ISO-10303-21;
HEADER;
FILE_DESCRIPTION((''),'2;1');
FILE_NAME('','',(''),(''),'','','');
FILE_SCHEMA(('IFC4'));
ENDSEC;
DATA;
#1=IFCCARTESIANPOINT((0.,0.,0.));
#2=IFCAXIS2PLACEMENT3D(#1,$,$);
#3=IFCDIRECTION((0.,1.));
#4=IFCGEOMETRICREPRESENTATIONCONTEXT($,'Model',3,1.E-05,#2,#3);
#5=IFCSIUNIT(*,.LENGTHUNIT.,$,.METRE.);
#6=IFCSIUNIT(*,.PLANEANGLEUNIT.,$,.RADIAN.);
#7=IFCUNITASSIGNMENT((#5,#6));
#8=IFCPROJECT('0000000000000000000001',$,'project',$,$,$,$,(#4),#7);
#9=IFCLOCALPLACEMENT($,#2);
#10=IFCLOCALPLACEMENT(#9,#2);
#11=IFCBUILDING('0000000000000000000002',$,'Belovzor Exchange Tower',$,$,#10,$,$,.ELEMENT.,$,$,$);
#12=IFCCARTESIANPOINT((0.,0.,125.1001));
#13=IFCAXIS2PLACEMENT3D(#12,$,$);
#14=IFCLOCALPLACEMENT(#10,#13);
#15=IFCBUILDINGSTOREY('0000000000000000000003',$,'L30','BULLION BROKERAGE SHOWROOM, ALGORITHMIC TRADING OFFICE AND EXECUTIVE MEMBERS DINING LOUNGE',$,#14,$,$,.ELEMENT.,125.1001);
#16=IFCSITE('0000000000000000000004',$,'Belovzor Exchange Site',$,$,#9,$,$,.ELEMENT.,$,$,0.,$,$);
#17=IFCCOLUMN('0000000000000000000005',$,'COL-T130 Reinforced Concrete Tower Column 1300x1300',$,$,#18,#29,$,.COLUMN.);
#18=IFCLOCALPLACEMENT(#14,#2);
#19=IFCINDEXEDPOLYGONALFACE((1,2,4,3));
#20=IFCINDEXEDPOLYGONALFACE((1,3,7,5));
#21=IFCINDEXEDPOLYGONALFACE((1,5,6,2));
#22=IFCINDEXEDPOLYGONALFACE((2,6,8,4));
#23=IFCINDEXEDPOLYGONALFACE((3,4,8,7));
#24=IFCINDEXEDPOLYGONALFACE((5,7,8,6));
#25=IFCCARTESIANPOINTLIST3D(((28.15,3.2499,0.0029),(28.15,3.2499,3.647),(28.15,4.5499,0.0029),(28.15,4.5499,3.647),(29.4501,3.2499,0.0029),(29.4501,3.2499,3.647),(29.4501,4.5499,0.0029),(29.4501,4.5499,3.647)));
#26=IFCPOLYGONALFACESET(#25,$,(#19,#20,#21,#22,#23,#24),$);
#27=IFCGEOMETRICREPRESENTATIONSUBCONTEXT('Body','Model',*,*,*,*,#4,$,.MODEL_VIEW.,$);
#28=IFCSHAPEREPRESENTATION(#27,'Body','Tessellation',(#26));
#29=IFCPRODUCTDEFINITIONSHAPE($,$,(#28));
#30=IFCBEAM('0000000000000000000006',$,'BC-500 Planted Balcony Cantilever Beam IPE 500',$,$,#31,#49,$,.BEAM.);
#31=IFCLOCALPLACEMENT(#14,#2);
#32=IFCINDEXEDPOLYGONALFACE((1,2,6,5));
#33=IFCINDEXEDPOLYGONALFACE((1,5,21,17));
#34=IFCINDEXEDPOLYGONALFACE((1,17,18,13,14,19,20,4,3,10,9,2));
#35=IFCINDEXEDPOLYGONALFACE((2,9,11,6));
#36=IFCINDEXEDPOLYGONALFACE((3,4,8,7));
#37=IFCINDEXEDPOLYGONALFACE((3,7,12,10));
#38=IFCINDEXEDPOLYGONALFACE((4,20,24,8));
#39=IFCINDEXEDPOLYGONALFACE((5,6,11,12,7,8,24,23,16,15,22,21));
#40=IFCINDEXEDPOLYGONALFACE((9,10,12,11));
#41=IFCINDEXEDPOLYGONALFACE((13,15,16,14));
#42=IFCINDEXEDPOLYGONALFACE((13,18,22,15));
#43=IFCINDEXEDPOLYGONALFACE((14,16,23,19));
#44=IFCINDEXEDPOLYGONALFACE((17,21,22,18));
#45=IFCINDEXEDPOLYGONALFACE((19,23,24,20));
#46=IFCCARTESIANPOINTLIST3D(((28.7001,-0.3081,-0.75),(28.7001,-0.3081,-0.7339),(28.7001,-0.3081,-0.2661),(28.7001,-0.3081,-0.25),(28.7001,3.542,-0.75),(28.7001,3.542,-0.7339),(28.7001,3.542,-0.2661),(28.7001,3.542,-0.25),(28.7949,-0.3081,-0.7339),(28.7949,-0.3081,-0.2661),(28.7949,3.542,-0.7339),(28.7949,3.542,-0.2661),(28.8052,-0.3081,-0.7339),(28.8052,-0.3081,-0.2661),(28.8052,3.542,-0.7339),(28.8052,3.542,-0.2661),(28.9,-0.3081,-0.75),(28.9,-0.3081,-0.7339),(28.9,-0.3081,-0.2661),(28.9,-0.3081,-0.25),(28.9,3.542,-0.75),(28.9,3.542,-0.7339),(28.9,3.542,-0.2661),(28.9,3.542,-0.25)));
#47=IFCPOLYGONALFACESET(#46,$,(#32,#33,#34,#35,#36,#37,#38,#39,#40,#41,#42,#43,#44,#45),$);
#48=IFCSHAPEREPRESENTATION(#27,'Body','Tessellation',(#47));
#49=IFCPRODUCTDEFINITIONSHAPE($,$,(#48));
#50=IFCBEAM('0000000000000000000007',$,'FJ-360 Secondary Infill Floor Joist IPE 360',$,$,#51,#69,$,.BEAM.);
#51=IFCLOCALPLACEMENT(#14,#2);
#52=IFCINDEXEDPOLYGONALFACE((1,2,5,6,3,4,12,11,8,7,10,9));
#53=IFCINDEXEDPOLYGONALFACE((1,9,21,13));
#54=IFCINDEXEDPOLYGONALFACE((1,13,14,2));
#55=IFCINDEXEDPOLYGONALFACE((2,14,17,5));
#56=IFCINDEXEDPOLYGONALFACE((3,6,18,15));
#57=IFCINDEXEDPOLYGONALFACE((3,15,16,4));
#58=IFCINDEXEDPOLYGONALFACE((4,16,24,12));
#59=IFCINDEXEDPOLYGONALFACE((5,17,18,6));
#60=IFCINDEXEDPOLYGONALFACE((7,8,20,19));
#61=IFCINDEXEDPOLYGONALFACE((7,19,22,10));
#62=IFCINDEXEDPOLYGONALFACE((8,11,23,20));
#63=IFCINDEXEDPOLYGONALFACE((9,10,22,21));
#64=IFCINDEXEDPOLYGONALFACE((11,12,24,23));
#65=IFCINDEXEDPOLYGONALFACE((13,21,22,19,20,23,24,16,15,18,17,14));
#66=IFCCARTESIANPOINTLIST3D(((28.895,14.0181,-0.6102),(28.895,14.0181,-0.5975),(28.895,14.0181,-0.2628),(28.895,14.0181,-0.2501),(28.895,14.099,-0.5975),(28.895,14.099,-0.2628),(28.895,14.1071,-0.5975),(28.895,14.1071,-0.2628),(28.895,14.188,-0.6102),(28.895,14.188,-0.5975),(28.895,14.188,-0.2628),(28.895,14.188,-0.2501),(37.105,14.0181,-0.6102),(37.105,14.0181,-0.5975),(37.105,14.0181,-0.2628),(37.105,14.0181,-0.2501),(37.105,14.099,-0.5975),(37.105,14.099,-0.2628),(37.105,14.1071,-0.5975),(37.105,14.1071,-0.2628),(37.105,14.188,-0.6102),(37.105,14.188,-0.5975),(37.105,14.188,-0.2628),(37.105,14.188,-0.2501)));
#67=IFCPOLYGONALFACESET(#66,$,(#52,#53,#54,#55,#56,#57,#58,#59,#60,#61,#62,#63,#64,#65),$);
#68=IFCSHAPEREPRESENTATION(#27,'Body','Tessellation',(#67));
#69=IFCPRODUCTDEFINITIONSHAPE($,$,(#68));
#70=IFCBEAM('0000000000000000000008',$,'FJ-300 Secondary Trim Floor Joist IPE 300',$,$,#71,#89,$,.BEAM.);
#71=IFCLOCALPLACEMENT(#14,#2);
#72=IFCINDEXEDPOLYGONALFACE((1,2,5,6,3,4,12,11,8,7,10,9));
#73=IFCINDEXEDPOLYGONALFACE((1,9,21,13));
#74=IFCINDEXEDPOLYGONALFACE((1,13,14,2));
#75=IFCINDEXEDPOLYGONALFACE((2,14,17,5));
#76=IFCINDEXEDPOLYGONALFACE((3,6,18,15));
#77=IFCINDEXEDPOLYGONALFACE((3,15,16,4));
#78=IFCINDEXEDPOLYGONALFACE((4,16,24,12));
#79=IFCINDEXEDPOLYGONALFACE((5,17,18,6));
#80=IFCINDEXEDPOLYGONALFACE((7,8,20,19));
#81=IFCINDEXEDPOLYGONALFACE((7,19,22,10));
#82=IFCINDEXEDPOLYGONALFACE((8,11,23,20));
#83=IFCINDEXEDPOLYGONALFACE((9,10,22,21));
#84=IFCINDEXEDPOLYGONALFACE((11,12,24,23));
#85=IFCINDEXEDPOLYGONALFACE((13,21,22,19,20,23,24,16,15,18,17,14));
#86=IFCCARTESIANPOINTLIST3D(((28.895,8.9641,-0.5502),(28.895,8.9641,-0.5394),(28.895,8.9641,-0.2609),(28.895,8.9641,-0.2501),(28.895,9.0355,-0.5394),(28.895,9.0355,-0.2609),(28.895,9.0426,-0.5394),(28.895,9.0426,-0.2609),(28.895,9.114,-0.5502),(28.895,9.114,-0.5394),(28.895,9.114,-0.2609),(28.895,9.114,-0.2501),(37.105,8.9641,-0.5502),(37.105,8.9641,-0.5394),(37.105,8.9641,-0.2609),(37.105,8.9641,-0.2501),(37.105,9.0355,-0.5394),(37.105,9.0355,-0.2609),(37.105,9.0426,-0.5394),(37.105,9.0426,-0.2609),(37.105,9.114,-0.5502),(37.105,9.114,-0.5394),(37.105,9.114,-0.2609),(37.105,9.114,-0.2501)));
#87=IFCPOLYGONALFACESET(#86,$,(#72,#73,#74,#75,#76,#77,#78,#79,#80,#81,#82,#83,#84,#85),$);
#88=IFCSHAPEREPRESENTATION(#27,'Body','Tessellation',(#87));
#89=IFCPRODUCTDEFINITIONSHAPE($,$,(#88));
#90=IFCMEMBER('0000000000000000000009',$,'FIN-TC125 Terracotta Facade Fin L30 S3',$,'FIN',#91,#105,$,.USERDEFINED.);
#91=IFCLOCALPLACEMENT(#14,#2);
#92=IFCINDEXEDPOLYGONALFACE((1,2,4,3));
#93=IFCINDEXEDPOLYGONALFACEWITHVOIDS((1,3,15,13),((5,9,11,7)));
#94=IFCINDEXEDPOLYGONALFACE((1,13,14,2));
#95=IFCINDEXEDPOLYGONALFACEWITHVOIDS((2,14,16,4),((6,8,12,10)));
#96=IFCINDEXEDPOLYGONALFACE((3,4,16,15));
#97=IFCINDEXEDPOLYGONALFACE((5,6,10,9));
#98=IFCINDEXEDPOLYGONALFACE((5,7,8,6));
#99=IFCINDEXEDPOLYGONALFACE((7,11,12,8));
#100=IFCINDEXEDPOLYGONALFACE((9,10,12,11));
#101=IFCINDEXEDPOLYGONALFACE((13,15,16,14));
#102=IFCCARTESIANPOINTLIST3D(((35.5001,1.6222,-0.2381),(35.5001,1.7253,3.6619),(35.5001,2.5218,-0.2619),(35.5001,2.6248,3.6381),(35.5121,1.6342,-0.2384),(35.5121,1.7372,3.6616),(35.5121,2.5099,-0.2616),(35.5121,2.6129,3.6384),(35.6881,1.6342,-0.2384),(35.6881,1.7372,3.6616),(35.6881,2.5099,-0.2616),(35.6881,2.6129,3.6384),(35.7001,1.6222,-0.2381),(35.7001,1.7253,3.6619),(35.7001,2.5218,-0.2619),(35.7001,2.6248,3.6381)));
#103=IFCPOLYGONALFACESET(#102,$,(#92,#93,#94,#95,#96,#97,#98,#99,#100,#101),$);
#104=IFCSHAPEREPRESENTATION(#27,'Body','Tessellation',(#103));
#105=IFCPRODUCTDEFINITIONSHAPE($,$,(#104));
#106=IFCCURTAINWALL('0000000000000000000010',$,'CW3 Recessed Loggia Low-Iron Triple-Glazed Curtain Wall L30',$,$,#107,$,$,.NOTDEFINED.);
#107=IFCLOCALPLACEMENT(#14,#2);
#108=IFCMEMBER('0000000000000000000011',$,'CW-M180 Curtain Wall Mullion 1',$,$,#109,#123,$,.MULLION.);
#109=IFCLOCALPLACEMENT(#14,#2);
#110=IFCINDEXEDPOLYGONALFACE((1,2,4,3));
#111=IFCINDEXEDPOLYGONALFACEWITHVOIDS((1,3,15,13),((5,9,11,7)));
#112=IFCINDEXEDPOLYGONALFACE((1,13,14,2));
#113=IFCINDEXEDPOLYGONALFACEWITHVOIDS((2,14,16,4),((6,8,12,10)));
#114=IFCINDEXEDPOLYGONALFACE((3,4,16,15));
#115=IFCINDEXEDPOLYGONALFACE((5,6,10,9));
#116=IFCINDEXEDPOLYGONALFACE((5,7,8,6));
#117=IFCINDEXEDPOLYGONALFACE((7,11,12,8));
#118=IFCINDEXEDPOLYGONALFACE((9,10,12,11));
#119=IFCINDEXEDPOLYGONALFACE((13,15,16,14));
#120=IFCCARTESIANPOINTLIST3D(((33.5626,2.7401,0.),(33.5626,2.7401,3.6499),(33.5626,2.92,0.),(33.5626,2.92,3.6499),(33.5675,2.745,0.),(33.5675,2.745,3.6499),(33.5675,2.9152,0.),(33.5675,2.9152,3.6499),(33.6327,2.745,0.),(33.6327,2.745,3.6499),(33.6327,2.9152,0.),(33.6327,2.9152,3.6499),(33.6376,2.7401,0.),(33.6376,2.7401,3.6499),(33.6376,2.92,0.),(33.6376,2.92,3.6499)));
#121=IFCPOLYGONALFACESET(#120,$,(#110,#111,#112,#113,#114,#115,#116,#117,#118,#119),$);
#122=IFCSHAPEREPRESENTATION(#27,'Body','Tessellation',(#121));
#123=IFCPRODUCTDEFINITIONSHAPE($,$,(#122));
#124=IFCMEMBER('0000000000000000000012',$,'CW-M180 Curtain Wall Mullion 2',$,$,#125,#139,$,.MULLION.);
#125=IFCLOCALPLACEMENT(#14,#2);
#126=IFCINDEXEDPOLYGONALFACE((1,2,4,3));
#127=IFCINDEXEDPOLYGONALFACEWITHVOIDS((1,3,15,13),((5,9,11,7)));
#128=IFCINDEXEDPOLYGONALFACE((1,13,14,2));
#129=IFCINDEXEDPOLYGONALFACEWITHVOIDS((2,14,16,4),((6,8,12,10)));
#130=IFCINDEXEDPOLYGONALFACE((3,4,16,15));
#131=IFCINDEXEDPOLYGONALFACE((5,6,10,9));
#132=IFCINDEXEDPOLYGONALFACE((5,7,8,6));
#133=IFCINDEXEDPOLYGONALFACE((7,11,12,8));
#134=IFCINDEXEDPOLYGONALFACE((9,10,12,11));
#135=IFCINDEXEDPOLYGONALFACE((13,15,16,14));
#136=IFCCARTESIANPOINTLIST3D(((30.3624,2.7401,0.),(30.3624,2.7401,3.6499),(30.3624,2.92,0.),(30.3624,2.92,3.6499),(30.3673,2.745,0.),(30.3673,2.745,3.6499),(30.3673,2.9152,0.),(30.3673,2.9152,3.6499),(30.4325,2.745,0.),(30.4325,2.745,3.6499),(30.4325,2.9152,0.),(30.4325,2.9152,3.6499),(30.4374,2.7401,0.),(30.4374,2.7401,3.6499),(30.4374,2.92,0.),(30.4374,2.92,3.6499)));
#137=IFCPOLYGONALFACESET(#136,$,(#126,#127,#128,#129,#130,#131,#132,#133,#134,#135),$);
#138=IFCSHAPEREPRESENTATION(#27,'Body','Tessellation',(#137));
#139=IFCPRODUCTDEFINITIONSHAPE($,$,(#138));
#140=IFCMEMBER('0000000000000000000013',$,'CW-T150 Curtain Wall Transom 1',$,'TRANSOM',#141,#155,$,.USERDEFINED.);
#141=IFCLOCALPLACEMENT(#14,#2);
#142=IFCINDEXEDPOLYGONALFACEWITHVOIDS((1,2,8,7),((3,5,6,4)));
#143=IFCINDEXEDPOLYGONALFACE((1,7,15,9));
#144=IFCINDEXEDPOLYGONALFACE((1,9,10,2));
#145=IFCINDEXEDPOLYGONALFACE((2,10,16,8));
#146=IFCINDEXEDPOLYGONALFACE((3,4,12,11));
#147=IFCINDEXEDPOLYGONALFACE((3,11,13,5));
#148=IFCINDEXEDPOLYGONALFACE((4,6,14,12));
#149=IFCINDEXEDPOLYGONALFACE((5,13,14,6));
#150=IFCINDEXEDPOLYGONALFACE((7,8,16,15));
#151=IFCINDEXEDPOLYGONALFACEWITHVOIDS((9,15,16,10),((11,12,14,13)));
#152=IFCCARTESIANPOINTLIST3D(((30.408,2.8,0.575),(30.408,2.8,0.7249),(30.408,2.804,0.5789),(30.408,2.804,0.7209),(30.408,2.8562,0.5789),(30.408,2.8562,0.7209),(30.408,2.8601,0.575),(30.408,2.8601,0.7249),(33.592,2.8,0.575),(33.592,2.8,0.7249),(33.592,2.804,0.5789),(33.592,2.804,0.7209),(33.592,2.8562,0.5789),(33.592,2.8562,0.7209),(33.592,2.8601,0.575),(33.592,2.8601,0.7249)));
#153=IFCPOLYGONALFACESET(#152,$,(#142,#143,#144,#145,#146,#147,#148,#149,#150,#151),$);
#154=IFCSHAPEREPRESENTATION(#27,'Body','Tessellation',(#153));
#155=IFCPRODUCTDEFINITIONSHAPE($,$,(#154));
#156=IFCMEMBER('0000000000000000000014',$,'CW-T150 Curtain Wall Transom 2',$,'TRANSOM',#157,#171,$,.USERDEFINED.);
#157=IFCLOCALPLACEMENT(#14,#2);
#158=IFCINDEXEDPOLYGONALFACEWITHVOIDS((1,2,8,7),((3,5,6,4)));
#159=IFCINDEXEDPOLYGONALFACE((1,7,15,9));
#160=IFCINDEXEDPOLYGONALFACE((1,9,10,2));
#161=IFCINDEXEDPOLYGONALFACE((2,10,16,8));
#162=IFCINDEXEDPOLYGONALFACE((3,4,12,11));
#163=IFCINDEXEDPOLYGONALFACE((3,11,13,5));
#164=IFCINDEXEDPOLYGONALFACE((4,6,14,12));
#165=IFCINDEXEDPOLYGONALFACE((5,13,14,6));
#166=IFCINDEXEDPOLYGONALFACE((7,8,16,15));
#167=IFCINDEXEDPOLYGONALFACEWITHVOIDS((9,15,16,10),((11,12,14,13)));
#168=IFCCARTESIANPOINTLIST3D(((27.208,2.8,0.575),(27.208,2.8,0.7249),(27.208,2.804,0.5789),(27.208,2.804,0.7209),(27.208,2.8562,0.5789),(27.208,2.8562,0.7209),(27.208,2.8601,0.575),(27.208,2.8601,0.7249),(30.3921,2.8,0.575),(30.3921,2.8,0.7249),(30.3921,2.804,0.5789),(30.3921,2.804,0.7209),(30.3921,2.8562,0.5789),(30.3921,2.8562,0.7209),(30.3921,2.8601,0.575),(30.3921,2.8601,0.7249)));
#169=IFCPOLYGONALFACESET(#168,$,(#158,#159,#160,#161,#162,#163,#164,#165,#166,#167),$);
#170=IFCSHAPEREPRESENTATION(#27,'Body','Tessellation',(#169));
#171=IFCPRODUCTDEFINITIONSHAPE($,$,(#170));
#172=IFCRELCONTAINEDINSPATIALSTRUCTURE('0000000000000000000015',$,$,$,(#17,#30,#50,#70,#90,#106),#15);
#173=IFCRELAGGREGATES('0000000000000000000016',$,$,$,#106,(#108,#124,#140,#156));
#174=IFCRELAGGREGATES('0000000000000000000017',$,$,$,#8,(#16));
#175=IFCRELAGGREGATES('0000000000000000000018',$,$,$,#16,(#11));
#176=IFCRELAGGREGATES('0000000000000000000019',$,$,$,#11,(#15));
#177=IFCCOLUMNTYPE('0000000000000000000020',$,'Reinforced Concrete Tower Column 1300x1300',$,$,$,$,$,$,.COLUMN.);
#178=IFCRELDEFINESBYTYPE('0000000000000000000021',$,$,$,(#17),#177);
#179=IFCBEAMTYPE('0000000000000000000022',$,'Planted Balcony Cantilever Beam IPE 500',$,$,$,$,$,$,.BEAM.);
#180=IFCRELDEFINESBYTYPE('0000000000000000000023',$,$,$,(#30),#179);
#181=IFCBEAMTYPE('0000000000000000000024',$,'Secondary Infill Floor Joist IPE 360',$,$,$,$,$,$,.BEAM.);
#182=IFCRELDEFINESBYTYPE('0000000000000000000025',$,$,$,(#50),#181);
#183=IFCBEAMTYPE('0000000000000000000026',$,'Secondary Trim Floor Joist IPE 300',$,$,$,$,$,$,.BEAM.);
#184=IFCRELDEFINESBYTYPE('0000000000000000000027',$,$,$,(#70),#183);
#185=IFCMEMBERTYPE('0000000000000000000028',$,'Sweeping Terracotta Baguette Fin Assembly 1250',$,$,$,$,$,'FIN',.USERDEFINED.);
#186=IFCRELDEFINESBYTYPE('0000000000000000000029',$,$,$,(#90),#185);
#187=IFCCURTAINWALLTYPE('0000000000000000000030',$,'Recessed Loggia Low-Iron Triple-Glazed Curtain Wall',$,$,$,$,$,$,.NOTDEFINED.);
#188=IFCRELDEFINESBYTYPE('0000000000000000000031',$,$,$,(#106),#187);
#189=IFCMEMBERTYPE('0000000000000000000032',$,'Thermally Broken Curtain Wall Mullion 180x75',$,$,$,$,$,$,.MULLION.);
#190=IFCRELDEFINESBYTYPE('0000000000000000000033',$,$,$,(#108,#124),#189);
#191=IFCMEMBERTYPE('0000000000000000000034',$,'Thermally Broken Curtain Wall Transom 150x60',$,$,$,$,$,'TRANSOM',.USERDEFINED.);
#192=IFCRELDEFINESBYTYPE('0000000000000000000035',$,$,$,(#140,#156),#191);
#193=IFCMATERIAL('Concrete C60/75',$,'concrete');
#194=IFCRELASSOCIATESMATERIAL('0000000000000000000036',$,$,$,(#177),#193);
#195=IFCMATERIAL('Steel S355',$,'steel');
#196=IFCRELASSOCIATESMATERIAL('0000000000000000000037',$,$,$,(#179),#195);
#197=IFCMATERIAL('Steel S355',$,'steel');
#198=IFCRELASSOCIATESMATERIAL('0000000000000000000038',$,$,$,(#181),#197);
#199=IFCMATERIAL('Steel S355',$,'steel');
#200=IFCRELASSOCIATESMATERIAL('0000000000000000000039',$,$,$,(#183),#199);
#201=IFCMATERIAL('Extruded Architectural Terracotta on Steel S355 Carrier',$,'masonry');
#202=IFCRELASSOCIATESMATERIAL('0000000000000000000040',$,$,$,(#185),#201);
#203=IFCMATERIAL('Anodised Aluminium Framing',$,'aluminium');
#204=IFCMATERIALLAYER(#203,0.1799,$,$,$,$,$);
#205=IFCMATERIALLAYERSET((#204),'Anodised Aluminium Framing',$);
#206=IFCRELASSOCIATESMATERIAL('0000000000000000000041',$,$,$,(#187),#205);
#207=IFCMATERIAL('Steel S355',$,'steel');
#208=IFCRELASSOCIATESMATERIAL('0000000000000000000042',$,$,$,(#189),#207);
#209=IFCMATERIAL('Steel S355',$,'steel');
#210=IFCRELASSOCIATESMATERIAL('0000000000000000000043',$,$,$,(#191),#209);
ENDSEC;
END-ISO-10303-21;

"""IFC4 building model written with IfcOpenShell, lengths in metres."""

from ifc_helpers import new_model, si_unit, direction, frame, origin, origin_2d, place, context, subcontext, project, spatial, rectangle, hollow_rectangle, i_section, extrude, material, layer, layer_set, material_profile, profile_set, type_object, element, aggregate, save


model = new_model("IFC4")

# Units and contexts
model_context = context("Model", 3, precision=1e-05, world=origin(), true_north=direction((0.0, 1.0)))
body_context = subcontext(model_context, "Body", "Model", "MODEL_VIEW")
ifc_project = project(units=[si_unit("LENGTHUNIT", "METRE"), si_unit("PLANEANGLEUNIT", "RADIAN")], contexts=[model_context])

# Site, building, storey
site_placement = place(None, origin())
site = spatial("IfcSite", under=ifc_project, at=site_placement, Name="Belovzor Exchange Site", CompositionType="ELEMENT", RefElevation=0.0)
building_placement = place(site_placement, origin())
building = spatial("IfcBuilding", under=site, at=building_placement, Name="Belovzor Exchange Tower", CompositionType="ELEMENT")
storey_placement = place(building_placement, frame((0.0, 0.0, 125.1001)))
storey = spatial("IfcBuildingStorey", under=building, at=storey_placement, Name="L30", Description="BULLION BROKERAGE SHOWROOM, ALGORITHMIC TRADING OFFICE AND EXECUTIVE MEMBERS DINING LOUNGE", CompositionType="ELEMENT", Elevation=125.1001)

# Column
ifc_material_1 = material(Name="Concrete C60/75", Category="concrete")
ifc_material_profile_1 = material_profile(ifc_material_1, rectangle(XDim=1.3, YDim=1.3, at=origin_2d()))
ifc_profile_set_1 = profile_set([ifc_material_profile_1], Name="Concrete C60/75")
column_type = type_object("IfcColumnType", Name="Reinforced Concrete Tower Column 1300x1300", PredefinedType="COLUMN", material=ifc_profile_set_1)
column_placement = place(storey_placement, frame((28.8, 3.8999, 0.0029), z_axis=(0.0, 0.0, 1.0), x_axis=(1.0, 0.0, 0.0)))
element("IfcColumn", 1, at=column_placement, inside=storey, type_object=column_type, Name="COL-T130 Reinforced Concrete Tower Column 1300x1300", PredefinedType="COLUMN", context=body_context, shape_type="SweptSolid", body=[
    extrude(rectangle(XDim=1.3, YDim=1.3, at=origin_2d()), origin(), (0.0, 0.0, 1.0), 3.644),
])

# Beams
ifc_material_2 = material(Name="Steel S355", Category="steel")
ifc_material_profile_2 = material_profile(ifc_material_2, i_section(OverallWidth=0.2, OverallDepth=0.5, WebThickness=0.0103, FlangeThickness=0.0161, at=origin_2d()))
ifc_profile_set_2 = profile_set([ifc_material_profile_2], Name="Steel S355")
beam_type_1 = type_object("IfcBeamType", Name="Planted Balcony Cantilever Beam IPE 500", PredefinedType="BEAM", material=ifc_profile_set_2)
beam_1_placement = place(storey_placement, frame((28.8, 3.542, -0.5), z_axis=(0.0, -1.0, 0.0), x_axis=(1.0, 0.0, 0.0)))
element("IfcBeam", 2, at=beam_1_placement, inside=storey, type_object=beam_type_1, Name="BC-500 Planted Balcony Cantilever Beam IPE 500", PredefinedType="BEAM", context=body_context, shape_type="SweptSolid", body=[
    extrude(i_section(OverallWidth=0.2, OverallDepth=0.5, WebThickness=0.0103, FlangeThickness=0.0161, at=origin_2d()), origin(), (0.0, 0.0, 1.0), 3.8501),
])
ifc_material_3 = material(Name="Steel S355", Category="steel")
ifc_material_profile_3 = material_profile(ifc_material_3, i_section(OverallWidth=0.1699, OverallDepth=0.3601, WebThickness=0.0081, FlangeThickness=0.0127, at=origin_2d()))
ifc_profile_set_3 = profile_set([ifc_material_profile_3], Name="Steel S355")
beam_type_2 = type_object("IfcBeamType", Name="Secondary Infill Floor Joist IPE 360", PredefinedType="BEAM", material=ifc_profile_set_3)
beam_2_placement = place(storey_placement, frame((28.895, 14.103, -0.4302), z_axis=(1.0, 0.0, 0.0), x_axis=(0.0, 1.0, 0.0)))
element("IfcBeam", 3, at=beam_2_placement, inside=storey, type_object=beam_type_2, Name="FJ-360 Secondary Infill Floor Joist IPE 360", PredefinedType="BEAM", context=body_context, shape_type="SweptSolid", body=[
    extrude(i_section(OverallWidth=0.1699, OverallDepth=0.3601, WebThickness=0.0081, FlangeThickness=0.0127, at=origin_2d()), origin(), (0.0, 0.0, 1.0), 8.21),
])
ifc_material_4 = material(Name="Steel S355", Category="steel")
ifc_material_profile_4 = material_profile(ifc_material_4, i_section(OverallWidth=0.1499, OverallDepth=0.3, WebThickness=0.0071, FlangeThickness=0.0107, at=origin_2d()))
ifc_profile_set_4 = profile_set([ifc_material_profile_4], Name="Steel S355")
beam_type_3 = type_object("IfcBeamType", Name="Secondary Trim Floor Joist IPE 300", PredefinedType="BEAM", material=ifc_profile_set_4)
beam_3_placement = place(storey_placement, frame((28.895, 9.0391, -0.4001), z_axis=(1.0, 0.0, 0.0), x_axis=(0.0, 1.0, 0.0)))
element("IfcBeam", 4, at=beam_3_placement, inside=storey, type_object=beam_type_3, Name="FJ-300 Secondary Trim Floor Joist IPE 300", PredefinedType="BEAM", context=body_context, shape_type="SweptSolid", body=[
    extrude(i_section(OverallWidth=0.1499, OverallDepth=0.3, WebThickness=0.0071, FlangeThickness=0.0107, at=origin_2d()), origin(), (0.0, 0.0, 1.0), 8.21),
])

# Member
ifc_material_5 = material(Name="Extruded Architectural Terracotta on Steel S355 Carrier", Category="masonry")
ifc_material_profile_5 = material_profile(ifc_material_5, hollow_rectangle(XDim=0.2, YDim=0.8999, WallThickness=0.012, at=origin_2d()))
ifc_profile_set_5 = profile_set([ifc_material_profile_5], Name="Extruded Architectural Terracotta on Steel S355 Carrier")
member_type_1 = type_object("IfcMemberType", Name="Sweeping Terracotta Baguette Fin Assembly 1250", ElementType="FIN", PredefinedType="USERDEFINED", material=ifc_profile_set_5)
member_1_placement = place(storey_placement, frame((35.6001, 2.072, -0.25), z_axis=(0.0, 0.026409, 0.999651), x_axis=(-1.0, 0.0, 0.0)))
element("IfcMember", 5, at=member_1_placement, inside=storey, type_object=member_type_1, Name="FIN-TC125 Terracotta Facade Fin L30 S3", ObjectType="FIN", PredefinedType="USERDEFINED", context=body_context, shape_type="SweptSolid", body=[
    extrude(hollow_rectangle(XDim=0.2, YDim=0.8999, WallThickness=0.012, at=origin_2d()), origin(), (0.0, 0.0, 1.0), 3.9014),
])

# Curtain wall, members
ifc_material_6 = material(Name="Anodised Aluminium Framing", Category="aluminium")
ifc_layer_1 = layer(ifc_material_6, 0.1799)
ifc_layer_set_1 = layer_set([ifc_layer_1], Name="Anodised Aluminium Framing")
curtain_wall_type = type_object("IfcCurtainWallType", Name="Recessed Loggia Low-Iron Triple-Glazed Curtain Wall", PredefinedType="NOTDEFINED", material=ifc_layer_set_1)
curtain_wall_placement = place(storey_placement, origin())
curtain_wall = element("IfcCurtainWall", 6, at=curtain_wall_placement, inside=storey, type_object=curtain_wall_type, Name="CW3 Recessed Loggia Low-Iron Triple-Glazed Curtain Wall L30", PredefinedType="NOTDEFINED")
ifc_material_7 = material(Name="Steel S355", Category="steel")
ifc_material_profile_6 = material_profile(ifc_material_7, hollow_rectangle(XDim=0.075, YDim=0.1799, WallThickness=0.0049, at=origin_2d()))
ifc_profile_set_6 = profile_set([ifc_material_profile_6], Name="Steel S355")
member_type_2 = type_object("IfcMemberType", Name="Thermally Broken Curtain Wall Mullion 180x75", PredefinedType="MULLION", material=ifc_profile_set_6)
member_2_placement = place(storey_placement, frame((33.6001, 2.8301, 0.0), z_axis=(0.0, 0.0, 1.0), x_axis=(-1.0, 0.0, 0.0)))
member_2 = element("IfcMember", 7, at=member_2_placement, type_object=member_type_2, Name="CW-M180 Curtain Wall Mullion 1", PredefinedType="MULLION", context=body_context, shape_type="SweptSolid", body=[
    extrude(hollow_rectangle(XDim=0.075, YDim=0.1799, WallThickness=0.0049, at=origin_2d()), origin(), (0.0, 0.0, 1.0), 3.6499),
])
member_3_placement = place(storey_placement, frame((30.3999, 2.8301, 0.0), z_axis=(0.0, 0.0, 1.0), x_axis=(-1.0, 0.0, 0.0)))
member_3 = element("IfcMember", 8, at=member_3_placement, type_object=member_type_2, Name="CW-M180 Curtain Wall Mullion 2", PredefinedType="MULLION", context=body_context, shape_type="SweptSolid", body=[
    extrude(hollow_rectangle(XDim=0.075, YDim=0.1799, WallThickness=0.0049, at=origin_2d()), origin(), (0.0, 0.0, 1.0), 3.6499),
])
ifc_material_8 = material(Name="Steel S355", Category="steel")
ifc_material_profile_7 = material_profile(ifc_material_8, hollow_rectangle(XDim=0.0601, YDim=0.1499, WallThickness=0.0039, at=origin_2d()))
ifc_profile_set_7 = profile_set([ifc_material_profile_7], Name="Steel S355")
member_type_3 = type_object("IfcMemberType", Name="Thermally Broken Curtain Wall Transom 150x60", ElementType="TRANSOM", PredefinedType="USERDEFINED", material=ifc_profile_set_7)
member_4_placement = place(storey_placement, frame((33.592, 2.8301, 0.6499), z_axis=(-1.0, 0.0, 0.0), x_axis=(0.0, -1.0, 0.0)))
member_4 = element("IfcMember", 9, at=member_4_placement, type_object=member_type_3, Name="CW-T150 Curtain Wall Transom 1", ObjectType="TRANSOM", PredefinedType="USERDEFINED", context=body_context, shape_type="SweptSolid", body=[
    extrude(hollow_rectangle(XDim=0.0601, YDim=0.1499, WallThickness=0.0039, at=origin_2d()), origin(), (0.0, 0.0, 1.0), 3.1841),
])
member_5_placement = place(storey_placement, frame((30.3921, 2.8301, 0.6499), z_axis=(-1.0, 0.0, 0.0), x_axis=(0.0, -1.0, 0.0)))
member_5 = element("IfcMember", 10, at=member_5_placement, type_object=member_type_3, Name="CW-T150 Curtain Wall Transom 2", ObjectType="TRANSOM", PredefinedType="USERDEFINED", context=body_context, shape_type="SweptSolid", body=[
    extrude(hollow_rectangle(XDim=0.0601, YDim=0.1499, WallThickness=0.0039, at=origin_2d()), origin(), (0.0, 0.0, 1.0), 3.1841),
])

aggregate(curtain_wall, [member_2, member_3, member_4, member_5])

save(model, "model.ifc")
